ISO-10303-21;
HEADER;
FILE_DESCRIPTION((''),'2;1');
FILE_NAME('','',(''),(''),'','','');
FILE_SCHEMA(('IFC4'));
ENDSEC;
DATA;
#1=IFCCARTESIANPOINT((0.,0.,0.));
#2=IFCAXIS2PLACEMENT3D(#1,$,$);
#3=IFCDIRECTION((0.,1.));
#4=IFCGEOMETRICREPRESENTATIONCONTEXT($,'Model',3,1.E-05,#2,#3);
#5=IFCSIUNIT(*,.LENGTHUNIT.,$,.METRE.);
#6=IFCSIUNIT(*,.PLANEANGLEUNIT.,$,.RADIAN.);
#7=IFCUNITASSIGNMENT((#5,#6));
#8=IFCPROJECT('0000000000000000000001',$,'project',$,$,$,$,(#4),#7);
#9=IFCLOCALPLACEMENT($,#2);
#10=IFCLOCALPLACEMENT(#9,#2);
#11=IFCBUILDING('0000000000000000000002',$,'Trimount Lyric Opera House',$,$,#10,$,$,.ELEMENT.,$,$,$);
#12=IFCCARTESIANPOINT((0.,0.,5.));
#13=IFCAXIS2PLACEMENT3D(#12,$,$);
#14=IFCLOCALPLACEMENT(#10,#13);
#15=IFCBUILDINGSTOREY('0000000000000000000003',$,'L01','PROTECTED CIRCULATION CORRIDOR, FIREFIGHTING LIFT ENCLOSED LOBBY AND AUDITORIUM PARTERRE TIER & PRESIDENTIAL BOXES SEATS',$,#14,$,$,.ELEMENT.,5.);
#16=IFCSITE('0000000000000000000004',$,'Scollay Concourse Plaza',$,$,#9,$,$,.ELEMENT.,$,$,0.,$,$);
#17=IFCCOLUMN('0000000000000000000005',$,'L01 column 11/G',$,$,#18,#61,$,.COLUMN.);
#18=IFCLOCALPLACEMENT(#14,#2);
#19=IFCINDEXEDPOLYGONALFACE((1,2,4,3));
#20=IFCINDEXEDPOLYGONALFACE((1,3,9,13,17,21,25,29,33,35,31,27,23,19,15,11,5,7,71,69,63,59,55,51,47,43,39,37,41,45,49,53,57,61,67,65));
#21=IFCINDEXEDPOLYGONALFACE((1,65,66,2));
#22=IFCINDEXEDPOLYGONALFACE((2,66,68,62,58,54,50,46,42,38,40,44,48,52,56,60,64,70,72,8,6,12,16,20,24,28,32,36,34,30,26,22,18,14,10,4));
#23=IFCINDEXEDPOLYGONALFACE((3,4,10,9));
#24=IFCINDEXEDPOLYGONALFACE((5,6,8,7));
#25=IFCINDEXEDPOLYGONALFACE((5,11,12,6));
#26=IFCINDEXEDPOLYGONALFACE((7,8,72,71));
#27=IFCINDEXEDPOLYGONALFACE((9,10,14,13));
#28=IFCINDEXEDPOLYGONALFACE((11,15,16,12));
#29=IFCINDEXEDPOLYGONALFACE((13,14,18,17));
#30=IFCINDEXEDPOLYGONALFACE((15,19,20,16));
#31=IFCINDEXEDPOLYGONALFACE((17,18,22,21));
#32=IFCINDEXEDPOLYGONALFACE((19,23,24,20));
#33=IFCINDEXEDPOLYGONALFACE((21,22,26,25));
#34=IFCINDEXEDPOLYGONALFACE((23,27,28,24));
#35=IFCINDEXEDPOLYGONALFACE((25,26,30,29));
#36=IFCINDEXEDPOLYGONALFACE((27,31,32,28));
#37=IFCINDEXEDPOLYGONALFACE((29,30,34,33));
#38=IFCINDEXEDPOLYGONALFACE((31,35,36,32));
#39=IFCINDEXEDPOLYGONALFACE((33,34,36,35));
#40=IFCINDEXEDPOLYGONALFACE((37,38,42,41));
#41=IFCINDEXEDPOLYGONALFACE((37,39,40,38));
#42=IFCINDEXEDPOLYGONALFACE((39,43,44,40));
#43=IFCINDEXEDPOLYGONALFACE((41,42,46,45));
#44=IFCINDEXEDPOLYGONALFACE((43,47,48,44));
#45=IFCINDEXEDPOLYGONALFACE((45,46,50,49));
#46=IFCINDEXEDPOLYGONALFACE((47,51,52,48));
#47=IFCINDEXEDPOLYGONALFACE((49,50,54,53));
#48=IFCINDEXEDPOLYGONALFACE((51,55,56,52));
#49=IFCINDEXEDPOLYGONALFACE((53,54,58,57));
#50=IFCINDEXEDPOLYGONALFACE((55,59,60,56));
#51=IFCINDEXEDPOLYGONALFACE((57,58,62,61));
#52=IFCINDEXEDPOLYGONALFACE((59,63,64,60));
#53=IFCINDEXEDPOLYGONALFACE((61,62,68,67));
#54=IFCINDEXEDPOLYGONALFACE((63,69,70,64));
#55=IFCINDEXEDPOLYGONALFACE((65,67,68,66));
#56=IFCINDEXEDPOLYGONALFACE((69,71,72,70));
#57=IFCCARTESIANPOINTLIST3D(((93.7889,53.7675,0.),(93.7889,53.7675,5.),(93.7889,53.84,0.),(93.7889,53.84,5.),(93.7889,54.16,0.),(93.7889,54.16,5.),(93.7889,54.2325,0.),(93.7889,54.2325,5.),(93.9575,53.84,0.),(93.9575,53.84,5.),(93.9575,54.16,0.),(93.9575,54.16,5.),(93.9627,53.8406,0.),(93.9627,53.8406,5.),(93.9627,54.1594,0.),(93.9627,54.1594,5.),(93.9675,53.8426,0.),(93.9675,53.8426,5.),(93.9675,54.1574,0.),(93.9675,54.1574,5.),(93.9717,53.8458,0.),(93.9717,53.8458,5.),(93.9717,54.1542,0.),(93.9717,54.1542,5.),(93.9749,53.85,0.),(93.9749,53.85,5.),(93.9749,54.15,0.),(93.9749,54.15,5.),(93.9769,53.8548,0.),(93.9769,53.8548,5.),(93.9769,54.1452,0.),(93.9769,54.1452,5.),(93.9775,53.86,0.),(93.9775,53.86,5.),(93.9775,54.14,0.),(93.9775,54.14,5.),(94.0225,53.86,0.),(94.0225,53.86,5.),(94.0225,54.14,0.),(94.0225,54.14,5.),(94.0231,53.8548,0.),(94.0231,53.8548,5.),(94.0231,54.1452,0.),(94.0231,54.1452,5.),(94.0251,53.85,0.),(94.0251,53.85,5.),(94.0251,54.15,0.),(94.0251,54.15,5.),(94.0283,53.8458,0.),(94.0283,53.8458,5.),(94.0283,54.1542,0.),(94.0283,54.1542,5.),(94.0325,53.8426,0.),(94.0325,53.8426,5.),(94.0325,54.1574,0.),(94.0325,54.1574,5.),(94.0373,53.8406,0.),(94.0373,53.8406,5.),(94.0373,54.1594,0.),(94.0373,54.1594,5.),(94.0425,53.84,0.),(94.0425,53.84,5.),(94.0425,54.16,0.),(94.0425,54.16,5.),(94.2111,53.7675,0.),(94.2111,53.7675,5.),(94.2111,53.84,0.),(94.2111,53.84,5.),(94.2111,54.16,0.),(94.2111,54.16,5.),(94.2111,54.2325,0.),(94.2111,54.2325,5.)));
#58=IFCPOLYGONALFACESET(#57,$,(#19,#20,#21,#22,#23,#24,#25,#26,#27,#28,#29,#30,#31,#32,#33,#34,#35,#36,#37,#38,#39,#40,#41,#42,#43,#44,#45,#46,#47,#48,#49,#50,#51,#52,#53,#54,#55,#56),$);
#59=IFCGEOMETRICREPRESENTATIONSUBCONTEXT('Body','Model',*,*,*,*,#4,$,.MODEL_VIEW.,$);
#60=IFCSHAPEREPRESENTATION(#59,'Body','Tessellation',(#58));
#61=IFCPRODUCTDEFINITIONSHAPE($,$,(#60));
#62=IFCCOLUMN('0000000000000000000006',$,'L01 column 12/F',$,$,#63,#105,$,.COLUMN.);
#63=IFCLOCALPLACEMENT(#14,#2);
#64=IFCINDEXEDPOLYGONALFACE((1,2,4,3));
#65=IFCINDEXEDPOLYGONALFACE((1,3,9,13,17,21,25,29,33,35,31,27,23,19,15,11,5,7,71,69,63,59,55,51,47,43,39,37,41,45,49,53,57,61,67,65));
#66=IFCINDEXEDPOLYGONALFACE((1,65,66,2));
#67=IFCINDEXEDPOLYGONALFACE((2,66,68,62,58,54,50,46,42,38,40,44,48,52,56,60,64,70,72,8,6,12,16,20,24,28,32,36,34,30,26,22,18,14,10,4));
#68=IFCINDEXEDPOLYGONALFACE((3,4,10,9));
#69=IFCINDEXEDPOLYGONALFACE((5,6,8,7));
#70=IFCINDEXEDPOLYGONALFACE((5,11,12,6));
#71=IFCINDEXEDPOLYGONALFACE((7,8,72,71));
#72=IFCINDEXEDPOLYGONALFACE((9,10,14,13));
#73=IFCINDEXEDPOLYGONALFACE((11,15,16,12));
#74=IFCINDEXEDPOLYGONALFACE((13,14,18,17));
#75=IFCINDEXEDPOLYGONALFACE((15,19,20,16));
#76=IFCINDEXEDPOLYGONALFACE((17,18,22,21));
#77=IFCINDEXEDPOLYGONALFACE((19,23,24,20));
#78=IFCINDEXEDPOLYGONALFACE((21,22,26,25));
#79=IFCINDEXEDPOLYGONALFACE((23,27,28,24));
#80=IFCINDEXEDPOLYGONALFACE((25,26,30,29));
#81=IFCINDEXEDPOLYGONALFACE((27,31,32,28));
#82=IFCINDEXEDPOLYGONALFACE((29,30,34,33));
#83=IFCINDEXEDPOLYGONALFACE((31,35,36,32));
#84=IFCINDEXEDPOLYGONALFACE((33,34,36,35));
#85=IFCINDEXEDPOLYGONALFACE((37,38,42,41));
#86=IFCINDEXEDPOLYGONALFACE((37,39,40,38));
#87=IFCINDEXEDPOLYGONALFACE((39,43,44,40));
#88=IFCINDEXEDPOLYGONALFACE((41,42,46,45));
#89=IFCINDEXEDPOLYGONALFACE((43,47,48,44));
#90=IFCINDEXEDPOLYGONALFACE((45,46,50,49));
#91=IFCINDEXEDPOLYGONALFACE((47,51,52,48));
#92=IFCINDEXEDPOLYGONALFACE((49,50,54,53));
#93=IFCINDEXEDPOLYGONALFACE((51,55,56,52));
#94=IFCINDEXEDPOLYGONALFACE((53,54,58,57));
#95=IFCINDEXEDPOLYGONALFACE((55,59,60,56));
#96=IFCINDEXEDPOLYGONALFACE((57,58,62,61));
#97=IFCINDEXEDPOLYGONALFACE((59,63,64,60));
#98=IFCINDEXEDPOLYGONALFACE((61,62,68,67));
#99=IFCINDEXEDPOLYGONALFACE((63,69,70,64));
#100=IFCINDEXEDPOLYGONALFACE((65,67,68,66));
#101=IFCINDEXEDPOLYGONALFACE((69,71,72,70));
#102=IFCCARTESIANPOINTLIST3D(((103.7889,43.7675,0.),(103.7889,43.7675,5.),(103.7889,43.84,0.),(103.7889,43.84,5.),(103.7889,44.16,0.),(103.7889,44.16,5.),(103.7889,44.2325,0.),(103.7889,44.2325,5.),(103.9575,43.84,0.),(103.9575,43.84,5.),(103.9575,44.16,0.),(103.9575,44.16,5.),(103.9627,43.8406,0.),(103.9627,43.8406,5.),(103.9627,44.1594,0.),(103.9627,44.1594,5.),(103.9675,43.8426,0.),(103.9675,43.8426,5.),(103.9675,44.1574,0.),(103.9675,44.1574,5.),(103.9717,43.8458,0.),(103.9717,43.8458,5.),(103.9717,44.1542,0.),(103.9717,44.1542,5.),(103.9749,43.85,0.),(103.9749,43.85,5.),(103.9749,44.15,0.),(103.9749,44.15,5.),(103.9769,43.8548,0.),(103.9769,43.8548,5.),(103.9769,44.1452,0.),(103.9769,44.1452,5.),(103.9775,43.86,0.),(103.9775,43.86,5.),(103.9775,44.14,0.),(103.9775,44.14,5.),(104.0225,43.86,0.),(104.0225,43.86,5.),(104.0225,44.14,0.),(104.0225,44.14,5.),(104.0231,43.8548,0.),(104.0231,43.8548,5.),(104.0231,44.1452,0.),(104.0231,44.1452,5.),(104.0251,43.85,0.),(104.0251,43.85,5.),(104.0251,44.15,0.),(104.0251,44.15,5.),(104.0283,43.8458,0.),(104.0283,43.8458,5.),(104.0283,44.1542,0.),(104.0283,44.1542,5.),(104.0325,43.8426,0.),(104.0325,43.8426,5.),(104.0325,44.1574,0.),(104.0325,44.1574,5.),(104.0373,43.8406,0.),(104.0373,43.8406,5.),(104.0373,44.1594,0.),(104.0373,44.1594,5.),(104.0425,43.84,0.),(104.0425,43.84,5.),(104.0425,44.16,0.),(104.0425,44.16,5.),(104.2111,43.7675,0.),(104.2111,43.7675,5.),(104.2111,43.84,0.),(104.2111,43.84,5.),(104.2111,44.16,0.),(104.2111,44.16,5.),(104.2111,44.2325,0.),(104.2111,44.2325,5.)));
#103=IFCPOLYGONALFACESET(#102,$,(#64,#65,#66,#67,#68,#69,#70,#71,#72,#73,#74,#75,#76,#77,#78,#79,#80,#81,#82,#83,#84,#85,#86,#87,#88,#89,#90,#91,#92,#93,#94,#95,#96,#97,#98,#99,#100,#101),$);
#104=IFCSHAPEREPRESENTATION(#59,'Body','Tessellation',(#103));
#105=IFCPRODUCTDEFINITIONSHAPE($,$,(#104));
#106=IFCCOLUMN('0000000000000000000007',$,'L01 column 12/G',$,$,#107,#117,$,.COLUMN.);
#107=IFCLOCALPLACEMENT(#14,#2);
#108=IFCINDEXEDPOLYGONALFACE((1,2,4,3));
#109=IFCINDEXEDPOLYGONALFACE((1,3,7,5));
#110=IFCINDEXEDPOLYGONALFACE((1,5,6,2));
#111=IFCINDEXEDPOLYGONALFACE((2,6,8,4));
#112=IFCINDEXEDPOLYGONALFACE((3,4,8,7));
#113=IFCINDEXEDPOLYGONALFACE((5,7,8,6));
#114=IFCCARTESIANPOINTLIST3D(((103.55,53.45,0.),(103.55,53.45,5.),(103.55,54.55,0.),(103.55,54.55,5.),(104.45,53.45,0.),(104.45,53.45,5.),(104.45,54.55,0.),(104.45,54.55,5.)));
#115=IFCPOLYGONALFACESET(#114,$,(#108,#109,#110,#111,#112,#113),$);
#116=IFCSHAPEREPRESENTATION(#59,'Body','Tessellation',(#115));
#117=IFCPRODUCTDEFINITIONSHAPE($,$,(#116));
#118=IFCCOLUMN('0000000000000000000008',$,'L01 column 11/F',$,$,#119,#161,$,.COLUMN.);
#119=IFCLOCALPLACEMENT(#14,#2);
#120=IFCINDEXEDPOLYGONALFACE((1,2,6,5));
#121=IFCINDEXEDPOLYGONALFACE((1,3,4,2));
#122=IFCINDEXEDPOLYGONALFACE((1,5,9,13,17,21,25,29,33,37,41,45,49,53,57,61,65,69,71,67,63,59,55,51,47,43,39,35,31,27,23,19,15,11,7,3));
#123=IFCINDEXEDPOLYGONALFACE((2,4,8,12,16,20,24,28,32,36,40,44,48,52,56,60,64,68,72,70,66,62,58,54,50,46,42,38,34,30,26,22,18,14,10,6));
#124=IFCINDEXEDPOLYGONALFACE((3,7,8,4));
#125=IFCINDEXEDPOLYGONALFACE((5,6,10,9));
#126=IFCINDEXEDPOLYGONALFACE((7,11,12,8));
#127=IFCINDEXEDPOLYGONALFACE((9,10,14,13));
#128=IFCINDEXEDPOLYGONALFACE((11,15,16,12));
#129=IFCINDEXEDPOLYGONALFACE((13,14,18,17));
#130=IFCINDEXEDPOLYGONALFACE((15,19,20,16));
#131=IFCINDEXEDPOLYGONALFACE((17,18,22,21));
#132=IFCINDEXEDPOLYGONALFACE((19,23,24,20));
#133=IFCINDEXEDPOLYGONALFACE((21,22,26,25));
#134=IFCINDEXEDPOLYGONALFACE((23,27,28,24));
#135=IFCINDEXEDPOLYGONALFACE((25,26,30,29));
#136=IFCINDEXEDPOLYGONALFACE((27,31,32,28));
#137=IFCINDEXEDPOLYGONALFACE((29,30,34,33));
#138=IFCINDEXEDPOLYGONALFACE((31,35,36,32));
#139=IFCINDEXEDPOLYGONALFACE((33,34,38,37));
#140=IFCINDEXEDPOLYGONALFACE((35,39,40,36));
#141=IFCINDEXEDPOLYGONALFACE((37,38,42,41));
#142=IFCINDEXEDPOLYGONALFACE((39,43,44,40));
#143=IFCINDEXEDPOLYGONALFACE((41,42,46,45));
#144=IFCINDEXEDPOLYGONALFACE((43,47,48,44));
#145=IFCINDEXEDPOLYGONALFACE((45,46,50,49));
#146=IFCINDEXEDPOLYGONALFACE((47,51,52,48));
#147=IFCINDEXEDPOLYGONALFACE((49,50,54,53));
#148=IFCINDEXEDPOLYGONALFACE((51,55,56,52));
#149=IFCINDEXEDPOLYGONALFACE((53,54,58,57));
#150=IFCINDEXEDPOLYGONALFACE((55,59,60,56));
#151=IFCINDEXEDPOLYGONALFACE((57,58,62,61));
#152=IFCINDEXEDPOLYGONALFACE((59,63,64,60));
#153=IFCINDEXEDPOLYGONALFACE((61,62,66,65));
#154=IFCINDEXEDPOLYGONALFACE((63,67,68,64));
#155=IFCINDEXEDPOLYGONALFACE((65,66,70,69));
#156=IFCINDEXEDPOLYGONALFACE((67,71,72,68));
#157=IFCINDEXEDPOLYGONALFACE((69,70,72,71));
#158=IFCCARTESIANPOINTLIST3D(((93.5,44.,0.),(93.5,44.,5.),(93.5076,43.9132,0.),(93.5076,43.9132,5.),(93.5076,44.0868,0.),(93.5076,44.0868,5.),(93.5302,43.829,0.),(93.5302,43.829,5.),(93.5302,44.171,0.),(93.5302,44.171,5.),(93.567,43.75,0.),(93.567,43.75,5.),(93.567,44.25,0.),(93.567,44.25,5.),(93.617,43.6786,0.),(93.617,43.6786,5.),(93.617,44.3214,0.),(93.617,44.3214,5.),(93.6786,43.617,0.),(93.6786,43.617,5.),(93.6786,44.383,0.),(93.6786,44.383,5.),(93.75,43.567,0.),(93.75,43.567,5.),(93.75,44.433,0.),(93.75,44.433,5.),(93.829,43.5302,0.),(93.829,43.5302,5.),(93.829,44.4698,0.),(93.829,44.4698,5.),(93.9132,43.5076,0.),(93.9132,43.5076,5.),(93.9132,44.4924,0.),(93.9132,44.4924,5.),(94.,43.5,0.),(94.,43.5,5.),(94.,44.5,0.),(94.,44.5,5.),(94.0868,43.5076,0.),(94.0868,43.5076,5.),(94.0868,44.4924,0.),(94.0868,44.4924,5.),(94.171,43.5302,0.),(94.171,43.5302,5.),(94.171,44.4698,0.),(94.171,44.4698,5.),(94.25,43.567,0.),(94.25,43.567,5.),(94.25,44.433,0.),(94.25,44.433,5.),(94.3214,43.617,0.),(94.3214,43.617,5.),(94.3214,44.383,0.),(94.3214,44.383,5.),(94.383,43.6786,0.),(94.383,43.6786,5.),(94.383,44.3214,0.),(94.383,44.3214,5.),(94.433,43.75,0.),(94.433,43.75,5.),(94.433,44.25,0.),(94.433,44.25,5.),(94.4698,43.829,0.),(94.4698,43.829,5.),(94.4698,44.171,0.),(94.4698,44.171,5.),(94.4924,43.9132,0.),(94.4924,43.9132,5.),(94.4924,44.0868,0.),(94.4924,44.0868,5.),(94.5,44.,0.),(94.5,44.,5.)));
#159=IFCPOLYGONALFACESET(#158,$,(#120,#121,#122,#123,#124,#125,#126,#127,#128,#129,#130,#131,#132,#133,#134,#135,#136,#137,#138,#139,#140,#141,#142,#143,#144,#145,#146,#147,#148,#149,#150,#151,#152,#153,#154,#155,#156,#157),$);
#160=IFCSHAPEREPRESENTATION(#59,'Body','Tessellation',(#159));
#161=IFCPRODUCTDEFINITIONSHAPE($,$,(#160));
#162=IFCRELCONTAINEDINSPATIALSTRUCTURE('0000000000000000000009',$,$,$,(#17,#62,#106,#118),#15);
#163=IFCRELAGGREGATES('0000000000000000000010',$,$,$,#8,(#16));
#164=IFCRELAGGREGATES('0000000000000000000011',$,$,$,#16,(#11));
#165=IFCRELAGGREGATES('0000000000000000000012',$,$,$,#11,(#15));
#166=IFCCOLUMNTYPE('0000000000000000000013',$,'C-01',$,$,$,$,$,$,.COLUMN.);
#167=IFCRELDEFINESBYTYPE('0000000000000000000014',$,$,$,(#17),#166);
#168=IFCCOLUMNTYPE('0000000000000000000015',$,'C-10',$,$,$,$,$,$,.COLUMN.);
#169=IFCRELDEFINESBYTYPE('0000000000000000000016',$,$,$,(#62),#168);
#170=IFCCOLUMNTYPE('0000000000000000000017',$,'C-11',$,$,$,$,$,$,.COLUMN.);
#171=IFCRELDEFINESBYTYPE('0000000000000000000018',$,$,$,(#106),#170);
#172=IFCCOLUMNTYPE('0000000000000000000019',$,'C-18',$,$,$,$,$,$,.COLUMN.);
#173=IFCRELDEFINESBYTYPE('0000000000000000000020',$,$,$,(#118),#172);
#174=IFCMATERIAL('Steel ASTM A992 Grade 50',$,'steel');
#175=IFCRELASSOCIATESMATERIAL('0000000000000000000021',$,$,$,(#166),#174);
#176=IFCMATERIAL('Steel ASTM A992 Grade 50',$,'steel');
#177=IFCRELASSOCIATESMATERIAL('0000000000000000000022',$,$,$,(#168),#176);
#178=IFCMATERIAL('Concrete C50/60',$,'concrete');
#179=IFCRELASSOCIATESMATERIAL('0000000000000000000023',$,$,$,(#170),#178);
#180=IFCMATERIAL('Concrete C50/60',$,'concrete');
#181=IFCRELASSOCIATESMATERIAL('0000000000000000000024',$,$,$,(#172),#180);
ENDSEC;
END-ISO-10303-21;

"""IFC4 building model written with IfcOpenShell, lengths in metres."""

from ifc_helpers import new_model, si_unit, direction, frame, origin, origin_2d, place, context, subcontext, project, spatial, rectangle, circle, i_section, extrude, material, material_profile, profile_set, type_object, element, save


model = new_model("IFC4")

# Units and contexts
model_context = context("Model", 3, precision=1e-05, world=origin(), true_north=direction((0.0, 1.0)))
body_context = subcontext(model_context, "Body", "Model", "MODEL_VIEW")
ifc_project = project(units=[si_unit("LENGTHUNIT", "METRE"), si_unit("PLANEANGLEUNIT", "RADIAN")], contexts=[model_context])

# Site, building, storey
site_placement = place(None, origin())
site = spatial("IfcSite", under=ifc_project, at=site_placement, Name="Scollay Concourse Plaza", CompositionType="ELEMENT", RefElevation=0.0)
building_placement = place(site_placement, origin())
building = spatial("IfcBuilding", under=site, at=building_placement, Name="Trimount Lyric Opera House", CompositionType="ELEMENT")
storey_placement = place(building_placement, frame((0.0, 0.0, 5.0)))
storey = spatial("IfcBuildingStorey", under=building, at=storey_placement, Name="L01", Description="PROTECTED CIRCULATION CORRIDOR, FIREFIGHTING LIFT ENCLOSED LOBBY AND AUDITORIUM PARTERRE TIER & PRESIDENTIAL BOXES SEATS", CompositionType="ELEMENT", Elevation=5.0)

# Columns
ifc_material_1 = material(Name="Steel ASTM A992 Grade 50", Category="steel")
ifc_material_profile_1 = material_profile(ifc_material_1, i_section(OverallWidth=0.4221, OverallDepth=0.4651, WebThickness=0.0449, FlangeThickness=0.0725, FilletRadius=0.02, at=origin_2d()), Name="W14X398")
ifc_profile_set_1 = profile_set([ifc_material_profile_1], Name="Steel ASTM A992 Grade 50")
column_type_1 = type_object("IfcColumnType", Name="C-01", PredefinedType="COLUMN", material=ifc_profile_set_1)
column_1_placement = place(storey_placement, frame((94.0, 54.0, 0.0), z_axis=(0.0, 0.0, 1.0), x_axis=(1.0, 0.0, 0.0)))
element("IfcColumn", 1, at=column_1_placement, inside=storey, type_object=column_type_1, Name="L01 column 11/G", PredefinedType="COLUMN", context=body_context, shape_type="SweptSolid", body=[
    extrude(i_section(OverallWidth=0.4221, OverallDepth=0.4651, WebThickness=0.0449, FlangeThickness=0.0725, FilletRadius=0.02, at=origin_2d()), origin(), (0.0, 0.0, 1.0), 5.0),
])
ifc_material_2 = material(Name="Steel ASTM A992 Grade 50", Category="steel")
ifc_material_profile_2 = material_profile(ifc_material_2, i_section(OverallWidth=0.4221, OverallDepth=0.4651, WebThickness=0.0449, FlangeThickness=0.0725, FilletRadius=0.02, at=origin_2d()), Name="W14X398")
ifc_profile_set_2 = profile_set([ifc_material_profile_2], Name="Steel ASTM A992 Grade 50")
column_type_2 = type_object("IfcColumnType", Name="C-10", PredefinedType="COLUMN", material=ifc_profile_set_2)
column_2_placement = place(storey_placement, frame((104.0, 44.0, 0.0), z_axis=(0.0, 0.0, 1.0), x_axis=(1.0, 0.0, 0.0)))
element("IfcColumn", 2, at=column_2_placement, inside=storey, type_object=column_type_2, Name="L01 column 12/F", PredefinedType="COLUMN", context=body_context, shape_type="SweptSolid", body=[
    extrude(i_section(OverallWidth=0.4221, OverallDepth=0.4651, WebThickness=0.0449, FlangeThickness=0.0725, FilletRadius=0.02, at=origin_2d()), origin(), (0.0, 0.0, 1.0), 5.0),
])
ifc_material_3 = material(Name="Concrete C50/60", Category="concrete")
ifc_material_profile_3 = material_profile(ifc_material_3, rectangle(XDim=0.8999, YDim=1.1001, at=origin_2d()), Name="RC1100X900")
ifc_profile_set_3 = profile_set([ifc_material_profile_3], Name="Concrete C50/60")
column_type_3 = type_object("IfcColumnType", Name="C-11", PredefinedType="COLUMN", material=ifc_profile_set_3)
column_3_placement = place(storey_placement, frame((104.0, 54.0, 0.0), z_axis=(0.0, 0.0, 1.0), x_axis=(1.0, 0.0, 0.0)))
element("IfcColumn", 3, at=column_3_placement, inside=storey, type_object=column_type_3, Name="L01 column 12/G", PredefinedType="COLUMN", context=body_context, shape_type="SweptSolid", body=[
    extrude(rectangle(XDim=0.8999, YDim=1.1001, at=origin_2d()), origin(), (0.0, 0.0, 1.0), 5.0),
])
ifc_material_4 = material(Name="Concrete C50/60", Category="concrete")
ifc_material_profile_4 = material_profile(ifc_material_4, circle(Radius=0.5, at=origin_2d()), Name="RC-D1000")
ifc_profile_set_4 = profile_set([ifc_material_profile_4], Name="Concrete C50/60")
column_type_4 = type_object("IfcColumnType", Name="C-18", PredefinedType="COLUMN", material=ifc_profile_set_4)
column_4_placement = place(storey_placement, frame((94.0, 44.0, 0.0), z_axis=(0.0, 0.0, 1.0), x_axis=(1.0, 0.0, 0.0)))
element("IfcColumn", 4, at=column_4_placement, inside=storey, type_object=column_type_4, Name="L01 column 11/F", PredefinedType="COLUMN", context=body_context, shape_type="SweptSolid", body=[
    extrude(circle(Radius=0.5, at=origin_2d()), origin(), (0.0, 0.0, 1.0), 5.0),
])

save(model, "model.ifc")
